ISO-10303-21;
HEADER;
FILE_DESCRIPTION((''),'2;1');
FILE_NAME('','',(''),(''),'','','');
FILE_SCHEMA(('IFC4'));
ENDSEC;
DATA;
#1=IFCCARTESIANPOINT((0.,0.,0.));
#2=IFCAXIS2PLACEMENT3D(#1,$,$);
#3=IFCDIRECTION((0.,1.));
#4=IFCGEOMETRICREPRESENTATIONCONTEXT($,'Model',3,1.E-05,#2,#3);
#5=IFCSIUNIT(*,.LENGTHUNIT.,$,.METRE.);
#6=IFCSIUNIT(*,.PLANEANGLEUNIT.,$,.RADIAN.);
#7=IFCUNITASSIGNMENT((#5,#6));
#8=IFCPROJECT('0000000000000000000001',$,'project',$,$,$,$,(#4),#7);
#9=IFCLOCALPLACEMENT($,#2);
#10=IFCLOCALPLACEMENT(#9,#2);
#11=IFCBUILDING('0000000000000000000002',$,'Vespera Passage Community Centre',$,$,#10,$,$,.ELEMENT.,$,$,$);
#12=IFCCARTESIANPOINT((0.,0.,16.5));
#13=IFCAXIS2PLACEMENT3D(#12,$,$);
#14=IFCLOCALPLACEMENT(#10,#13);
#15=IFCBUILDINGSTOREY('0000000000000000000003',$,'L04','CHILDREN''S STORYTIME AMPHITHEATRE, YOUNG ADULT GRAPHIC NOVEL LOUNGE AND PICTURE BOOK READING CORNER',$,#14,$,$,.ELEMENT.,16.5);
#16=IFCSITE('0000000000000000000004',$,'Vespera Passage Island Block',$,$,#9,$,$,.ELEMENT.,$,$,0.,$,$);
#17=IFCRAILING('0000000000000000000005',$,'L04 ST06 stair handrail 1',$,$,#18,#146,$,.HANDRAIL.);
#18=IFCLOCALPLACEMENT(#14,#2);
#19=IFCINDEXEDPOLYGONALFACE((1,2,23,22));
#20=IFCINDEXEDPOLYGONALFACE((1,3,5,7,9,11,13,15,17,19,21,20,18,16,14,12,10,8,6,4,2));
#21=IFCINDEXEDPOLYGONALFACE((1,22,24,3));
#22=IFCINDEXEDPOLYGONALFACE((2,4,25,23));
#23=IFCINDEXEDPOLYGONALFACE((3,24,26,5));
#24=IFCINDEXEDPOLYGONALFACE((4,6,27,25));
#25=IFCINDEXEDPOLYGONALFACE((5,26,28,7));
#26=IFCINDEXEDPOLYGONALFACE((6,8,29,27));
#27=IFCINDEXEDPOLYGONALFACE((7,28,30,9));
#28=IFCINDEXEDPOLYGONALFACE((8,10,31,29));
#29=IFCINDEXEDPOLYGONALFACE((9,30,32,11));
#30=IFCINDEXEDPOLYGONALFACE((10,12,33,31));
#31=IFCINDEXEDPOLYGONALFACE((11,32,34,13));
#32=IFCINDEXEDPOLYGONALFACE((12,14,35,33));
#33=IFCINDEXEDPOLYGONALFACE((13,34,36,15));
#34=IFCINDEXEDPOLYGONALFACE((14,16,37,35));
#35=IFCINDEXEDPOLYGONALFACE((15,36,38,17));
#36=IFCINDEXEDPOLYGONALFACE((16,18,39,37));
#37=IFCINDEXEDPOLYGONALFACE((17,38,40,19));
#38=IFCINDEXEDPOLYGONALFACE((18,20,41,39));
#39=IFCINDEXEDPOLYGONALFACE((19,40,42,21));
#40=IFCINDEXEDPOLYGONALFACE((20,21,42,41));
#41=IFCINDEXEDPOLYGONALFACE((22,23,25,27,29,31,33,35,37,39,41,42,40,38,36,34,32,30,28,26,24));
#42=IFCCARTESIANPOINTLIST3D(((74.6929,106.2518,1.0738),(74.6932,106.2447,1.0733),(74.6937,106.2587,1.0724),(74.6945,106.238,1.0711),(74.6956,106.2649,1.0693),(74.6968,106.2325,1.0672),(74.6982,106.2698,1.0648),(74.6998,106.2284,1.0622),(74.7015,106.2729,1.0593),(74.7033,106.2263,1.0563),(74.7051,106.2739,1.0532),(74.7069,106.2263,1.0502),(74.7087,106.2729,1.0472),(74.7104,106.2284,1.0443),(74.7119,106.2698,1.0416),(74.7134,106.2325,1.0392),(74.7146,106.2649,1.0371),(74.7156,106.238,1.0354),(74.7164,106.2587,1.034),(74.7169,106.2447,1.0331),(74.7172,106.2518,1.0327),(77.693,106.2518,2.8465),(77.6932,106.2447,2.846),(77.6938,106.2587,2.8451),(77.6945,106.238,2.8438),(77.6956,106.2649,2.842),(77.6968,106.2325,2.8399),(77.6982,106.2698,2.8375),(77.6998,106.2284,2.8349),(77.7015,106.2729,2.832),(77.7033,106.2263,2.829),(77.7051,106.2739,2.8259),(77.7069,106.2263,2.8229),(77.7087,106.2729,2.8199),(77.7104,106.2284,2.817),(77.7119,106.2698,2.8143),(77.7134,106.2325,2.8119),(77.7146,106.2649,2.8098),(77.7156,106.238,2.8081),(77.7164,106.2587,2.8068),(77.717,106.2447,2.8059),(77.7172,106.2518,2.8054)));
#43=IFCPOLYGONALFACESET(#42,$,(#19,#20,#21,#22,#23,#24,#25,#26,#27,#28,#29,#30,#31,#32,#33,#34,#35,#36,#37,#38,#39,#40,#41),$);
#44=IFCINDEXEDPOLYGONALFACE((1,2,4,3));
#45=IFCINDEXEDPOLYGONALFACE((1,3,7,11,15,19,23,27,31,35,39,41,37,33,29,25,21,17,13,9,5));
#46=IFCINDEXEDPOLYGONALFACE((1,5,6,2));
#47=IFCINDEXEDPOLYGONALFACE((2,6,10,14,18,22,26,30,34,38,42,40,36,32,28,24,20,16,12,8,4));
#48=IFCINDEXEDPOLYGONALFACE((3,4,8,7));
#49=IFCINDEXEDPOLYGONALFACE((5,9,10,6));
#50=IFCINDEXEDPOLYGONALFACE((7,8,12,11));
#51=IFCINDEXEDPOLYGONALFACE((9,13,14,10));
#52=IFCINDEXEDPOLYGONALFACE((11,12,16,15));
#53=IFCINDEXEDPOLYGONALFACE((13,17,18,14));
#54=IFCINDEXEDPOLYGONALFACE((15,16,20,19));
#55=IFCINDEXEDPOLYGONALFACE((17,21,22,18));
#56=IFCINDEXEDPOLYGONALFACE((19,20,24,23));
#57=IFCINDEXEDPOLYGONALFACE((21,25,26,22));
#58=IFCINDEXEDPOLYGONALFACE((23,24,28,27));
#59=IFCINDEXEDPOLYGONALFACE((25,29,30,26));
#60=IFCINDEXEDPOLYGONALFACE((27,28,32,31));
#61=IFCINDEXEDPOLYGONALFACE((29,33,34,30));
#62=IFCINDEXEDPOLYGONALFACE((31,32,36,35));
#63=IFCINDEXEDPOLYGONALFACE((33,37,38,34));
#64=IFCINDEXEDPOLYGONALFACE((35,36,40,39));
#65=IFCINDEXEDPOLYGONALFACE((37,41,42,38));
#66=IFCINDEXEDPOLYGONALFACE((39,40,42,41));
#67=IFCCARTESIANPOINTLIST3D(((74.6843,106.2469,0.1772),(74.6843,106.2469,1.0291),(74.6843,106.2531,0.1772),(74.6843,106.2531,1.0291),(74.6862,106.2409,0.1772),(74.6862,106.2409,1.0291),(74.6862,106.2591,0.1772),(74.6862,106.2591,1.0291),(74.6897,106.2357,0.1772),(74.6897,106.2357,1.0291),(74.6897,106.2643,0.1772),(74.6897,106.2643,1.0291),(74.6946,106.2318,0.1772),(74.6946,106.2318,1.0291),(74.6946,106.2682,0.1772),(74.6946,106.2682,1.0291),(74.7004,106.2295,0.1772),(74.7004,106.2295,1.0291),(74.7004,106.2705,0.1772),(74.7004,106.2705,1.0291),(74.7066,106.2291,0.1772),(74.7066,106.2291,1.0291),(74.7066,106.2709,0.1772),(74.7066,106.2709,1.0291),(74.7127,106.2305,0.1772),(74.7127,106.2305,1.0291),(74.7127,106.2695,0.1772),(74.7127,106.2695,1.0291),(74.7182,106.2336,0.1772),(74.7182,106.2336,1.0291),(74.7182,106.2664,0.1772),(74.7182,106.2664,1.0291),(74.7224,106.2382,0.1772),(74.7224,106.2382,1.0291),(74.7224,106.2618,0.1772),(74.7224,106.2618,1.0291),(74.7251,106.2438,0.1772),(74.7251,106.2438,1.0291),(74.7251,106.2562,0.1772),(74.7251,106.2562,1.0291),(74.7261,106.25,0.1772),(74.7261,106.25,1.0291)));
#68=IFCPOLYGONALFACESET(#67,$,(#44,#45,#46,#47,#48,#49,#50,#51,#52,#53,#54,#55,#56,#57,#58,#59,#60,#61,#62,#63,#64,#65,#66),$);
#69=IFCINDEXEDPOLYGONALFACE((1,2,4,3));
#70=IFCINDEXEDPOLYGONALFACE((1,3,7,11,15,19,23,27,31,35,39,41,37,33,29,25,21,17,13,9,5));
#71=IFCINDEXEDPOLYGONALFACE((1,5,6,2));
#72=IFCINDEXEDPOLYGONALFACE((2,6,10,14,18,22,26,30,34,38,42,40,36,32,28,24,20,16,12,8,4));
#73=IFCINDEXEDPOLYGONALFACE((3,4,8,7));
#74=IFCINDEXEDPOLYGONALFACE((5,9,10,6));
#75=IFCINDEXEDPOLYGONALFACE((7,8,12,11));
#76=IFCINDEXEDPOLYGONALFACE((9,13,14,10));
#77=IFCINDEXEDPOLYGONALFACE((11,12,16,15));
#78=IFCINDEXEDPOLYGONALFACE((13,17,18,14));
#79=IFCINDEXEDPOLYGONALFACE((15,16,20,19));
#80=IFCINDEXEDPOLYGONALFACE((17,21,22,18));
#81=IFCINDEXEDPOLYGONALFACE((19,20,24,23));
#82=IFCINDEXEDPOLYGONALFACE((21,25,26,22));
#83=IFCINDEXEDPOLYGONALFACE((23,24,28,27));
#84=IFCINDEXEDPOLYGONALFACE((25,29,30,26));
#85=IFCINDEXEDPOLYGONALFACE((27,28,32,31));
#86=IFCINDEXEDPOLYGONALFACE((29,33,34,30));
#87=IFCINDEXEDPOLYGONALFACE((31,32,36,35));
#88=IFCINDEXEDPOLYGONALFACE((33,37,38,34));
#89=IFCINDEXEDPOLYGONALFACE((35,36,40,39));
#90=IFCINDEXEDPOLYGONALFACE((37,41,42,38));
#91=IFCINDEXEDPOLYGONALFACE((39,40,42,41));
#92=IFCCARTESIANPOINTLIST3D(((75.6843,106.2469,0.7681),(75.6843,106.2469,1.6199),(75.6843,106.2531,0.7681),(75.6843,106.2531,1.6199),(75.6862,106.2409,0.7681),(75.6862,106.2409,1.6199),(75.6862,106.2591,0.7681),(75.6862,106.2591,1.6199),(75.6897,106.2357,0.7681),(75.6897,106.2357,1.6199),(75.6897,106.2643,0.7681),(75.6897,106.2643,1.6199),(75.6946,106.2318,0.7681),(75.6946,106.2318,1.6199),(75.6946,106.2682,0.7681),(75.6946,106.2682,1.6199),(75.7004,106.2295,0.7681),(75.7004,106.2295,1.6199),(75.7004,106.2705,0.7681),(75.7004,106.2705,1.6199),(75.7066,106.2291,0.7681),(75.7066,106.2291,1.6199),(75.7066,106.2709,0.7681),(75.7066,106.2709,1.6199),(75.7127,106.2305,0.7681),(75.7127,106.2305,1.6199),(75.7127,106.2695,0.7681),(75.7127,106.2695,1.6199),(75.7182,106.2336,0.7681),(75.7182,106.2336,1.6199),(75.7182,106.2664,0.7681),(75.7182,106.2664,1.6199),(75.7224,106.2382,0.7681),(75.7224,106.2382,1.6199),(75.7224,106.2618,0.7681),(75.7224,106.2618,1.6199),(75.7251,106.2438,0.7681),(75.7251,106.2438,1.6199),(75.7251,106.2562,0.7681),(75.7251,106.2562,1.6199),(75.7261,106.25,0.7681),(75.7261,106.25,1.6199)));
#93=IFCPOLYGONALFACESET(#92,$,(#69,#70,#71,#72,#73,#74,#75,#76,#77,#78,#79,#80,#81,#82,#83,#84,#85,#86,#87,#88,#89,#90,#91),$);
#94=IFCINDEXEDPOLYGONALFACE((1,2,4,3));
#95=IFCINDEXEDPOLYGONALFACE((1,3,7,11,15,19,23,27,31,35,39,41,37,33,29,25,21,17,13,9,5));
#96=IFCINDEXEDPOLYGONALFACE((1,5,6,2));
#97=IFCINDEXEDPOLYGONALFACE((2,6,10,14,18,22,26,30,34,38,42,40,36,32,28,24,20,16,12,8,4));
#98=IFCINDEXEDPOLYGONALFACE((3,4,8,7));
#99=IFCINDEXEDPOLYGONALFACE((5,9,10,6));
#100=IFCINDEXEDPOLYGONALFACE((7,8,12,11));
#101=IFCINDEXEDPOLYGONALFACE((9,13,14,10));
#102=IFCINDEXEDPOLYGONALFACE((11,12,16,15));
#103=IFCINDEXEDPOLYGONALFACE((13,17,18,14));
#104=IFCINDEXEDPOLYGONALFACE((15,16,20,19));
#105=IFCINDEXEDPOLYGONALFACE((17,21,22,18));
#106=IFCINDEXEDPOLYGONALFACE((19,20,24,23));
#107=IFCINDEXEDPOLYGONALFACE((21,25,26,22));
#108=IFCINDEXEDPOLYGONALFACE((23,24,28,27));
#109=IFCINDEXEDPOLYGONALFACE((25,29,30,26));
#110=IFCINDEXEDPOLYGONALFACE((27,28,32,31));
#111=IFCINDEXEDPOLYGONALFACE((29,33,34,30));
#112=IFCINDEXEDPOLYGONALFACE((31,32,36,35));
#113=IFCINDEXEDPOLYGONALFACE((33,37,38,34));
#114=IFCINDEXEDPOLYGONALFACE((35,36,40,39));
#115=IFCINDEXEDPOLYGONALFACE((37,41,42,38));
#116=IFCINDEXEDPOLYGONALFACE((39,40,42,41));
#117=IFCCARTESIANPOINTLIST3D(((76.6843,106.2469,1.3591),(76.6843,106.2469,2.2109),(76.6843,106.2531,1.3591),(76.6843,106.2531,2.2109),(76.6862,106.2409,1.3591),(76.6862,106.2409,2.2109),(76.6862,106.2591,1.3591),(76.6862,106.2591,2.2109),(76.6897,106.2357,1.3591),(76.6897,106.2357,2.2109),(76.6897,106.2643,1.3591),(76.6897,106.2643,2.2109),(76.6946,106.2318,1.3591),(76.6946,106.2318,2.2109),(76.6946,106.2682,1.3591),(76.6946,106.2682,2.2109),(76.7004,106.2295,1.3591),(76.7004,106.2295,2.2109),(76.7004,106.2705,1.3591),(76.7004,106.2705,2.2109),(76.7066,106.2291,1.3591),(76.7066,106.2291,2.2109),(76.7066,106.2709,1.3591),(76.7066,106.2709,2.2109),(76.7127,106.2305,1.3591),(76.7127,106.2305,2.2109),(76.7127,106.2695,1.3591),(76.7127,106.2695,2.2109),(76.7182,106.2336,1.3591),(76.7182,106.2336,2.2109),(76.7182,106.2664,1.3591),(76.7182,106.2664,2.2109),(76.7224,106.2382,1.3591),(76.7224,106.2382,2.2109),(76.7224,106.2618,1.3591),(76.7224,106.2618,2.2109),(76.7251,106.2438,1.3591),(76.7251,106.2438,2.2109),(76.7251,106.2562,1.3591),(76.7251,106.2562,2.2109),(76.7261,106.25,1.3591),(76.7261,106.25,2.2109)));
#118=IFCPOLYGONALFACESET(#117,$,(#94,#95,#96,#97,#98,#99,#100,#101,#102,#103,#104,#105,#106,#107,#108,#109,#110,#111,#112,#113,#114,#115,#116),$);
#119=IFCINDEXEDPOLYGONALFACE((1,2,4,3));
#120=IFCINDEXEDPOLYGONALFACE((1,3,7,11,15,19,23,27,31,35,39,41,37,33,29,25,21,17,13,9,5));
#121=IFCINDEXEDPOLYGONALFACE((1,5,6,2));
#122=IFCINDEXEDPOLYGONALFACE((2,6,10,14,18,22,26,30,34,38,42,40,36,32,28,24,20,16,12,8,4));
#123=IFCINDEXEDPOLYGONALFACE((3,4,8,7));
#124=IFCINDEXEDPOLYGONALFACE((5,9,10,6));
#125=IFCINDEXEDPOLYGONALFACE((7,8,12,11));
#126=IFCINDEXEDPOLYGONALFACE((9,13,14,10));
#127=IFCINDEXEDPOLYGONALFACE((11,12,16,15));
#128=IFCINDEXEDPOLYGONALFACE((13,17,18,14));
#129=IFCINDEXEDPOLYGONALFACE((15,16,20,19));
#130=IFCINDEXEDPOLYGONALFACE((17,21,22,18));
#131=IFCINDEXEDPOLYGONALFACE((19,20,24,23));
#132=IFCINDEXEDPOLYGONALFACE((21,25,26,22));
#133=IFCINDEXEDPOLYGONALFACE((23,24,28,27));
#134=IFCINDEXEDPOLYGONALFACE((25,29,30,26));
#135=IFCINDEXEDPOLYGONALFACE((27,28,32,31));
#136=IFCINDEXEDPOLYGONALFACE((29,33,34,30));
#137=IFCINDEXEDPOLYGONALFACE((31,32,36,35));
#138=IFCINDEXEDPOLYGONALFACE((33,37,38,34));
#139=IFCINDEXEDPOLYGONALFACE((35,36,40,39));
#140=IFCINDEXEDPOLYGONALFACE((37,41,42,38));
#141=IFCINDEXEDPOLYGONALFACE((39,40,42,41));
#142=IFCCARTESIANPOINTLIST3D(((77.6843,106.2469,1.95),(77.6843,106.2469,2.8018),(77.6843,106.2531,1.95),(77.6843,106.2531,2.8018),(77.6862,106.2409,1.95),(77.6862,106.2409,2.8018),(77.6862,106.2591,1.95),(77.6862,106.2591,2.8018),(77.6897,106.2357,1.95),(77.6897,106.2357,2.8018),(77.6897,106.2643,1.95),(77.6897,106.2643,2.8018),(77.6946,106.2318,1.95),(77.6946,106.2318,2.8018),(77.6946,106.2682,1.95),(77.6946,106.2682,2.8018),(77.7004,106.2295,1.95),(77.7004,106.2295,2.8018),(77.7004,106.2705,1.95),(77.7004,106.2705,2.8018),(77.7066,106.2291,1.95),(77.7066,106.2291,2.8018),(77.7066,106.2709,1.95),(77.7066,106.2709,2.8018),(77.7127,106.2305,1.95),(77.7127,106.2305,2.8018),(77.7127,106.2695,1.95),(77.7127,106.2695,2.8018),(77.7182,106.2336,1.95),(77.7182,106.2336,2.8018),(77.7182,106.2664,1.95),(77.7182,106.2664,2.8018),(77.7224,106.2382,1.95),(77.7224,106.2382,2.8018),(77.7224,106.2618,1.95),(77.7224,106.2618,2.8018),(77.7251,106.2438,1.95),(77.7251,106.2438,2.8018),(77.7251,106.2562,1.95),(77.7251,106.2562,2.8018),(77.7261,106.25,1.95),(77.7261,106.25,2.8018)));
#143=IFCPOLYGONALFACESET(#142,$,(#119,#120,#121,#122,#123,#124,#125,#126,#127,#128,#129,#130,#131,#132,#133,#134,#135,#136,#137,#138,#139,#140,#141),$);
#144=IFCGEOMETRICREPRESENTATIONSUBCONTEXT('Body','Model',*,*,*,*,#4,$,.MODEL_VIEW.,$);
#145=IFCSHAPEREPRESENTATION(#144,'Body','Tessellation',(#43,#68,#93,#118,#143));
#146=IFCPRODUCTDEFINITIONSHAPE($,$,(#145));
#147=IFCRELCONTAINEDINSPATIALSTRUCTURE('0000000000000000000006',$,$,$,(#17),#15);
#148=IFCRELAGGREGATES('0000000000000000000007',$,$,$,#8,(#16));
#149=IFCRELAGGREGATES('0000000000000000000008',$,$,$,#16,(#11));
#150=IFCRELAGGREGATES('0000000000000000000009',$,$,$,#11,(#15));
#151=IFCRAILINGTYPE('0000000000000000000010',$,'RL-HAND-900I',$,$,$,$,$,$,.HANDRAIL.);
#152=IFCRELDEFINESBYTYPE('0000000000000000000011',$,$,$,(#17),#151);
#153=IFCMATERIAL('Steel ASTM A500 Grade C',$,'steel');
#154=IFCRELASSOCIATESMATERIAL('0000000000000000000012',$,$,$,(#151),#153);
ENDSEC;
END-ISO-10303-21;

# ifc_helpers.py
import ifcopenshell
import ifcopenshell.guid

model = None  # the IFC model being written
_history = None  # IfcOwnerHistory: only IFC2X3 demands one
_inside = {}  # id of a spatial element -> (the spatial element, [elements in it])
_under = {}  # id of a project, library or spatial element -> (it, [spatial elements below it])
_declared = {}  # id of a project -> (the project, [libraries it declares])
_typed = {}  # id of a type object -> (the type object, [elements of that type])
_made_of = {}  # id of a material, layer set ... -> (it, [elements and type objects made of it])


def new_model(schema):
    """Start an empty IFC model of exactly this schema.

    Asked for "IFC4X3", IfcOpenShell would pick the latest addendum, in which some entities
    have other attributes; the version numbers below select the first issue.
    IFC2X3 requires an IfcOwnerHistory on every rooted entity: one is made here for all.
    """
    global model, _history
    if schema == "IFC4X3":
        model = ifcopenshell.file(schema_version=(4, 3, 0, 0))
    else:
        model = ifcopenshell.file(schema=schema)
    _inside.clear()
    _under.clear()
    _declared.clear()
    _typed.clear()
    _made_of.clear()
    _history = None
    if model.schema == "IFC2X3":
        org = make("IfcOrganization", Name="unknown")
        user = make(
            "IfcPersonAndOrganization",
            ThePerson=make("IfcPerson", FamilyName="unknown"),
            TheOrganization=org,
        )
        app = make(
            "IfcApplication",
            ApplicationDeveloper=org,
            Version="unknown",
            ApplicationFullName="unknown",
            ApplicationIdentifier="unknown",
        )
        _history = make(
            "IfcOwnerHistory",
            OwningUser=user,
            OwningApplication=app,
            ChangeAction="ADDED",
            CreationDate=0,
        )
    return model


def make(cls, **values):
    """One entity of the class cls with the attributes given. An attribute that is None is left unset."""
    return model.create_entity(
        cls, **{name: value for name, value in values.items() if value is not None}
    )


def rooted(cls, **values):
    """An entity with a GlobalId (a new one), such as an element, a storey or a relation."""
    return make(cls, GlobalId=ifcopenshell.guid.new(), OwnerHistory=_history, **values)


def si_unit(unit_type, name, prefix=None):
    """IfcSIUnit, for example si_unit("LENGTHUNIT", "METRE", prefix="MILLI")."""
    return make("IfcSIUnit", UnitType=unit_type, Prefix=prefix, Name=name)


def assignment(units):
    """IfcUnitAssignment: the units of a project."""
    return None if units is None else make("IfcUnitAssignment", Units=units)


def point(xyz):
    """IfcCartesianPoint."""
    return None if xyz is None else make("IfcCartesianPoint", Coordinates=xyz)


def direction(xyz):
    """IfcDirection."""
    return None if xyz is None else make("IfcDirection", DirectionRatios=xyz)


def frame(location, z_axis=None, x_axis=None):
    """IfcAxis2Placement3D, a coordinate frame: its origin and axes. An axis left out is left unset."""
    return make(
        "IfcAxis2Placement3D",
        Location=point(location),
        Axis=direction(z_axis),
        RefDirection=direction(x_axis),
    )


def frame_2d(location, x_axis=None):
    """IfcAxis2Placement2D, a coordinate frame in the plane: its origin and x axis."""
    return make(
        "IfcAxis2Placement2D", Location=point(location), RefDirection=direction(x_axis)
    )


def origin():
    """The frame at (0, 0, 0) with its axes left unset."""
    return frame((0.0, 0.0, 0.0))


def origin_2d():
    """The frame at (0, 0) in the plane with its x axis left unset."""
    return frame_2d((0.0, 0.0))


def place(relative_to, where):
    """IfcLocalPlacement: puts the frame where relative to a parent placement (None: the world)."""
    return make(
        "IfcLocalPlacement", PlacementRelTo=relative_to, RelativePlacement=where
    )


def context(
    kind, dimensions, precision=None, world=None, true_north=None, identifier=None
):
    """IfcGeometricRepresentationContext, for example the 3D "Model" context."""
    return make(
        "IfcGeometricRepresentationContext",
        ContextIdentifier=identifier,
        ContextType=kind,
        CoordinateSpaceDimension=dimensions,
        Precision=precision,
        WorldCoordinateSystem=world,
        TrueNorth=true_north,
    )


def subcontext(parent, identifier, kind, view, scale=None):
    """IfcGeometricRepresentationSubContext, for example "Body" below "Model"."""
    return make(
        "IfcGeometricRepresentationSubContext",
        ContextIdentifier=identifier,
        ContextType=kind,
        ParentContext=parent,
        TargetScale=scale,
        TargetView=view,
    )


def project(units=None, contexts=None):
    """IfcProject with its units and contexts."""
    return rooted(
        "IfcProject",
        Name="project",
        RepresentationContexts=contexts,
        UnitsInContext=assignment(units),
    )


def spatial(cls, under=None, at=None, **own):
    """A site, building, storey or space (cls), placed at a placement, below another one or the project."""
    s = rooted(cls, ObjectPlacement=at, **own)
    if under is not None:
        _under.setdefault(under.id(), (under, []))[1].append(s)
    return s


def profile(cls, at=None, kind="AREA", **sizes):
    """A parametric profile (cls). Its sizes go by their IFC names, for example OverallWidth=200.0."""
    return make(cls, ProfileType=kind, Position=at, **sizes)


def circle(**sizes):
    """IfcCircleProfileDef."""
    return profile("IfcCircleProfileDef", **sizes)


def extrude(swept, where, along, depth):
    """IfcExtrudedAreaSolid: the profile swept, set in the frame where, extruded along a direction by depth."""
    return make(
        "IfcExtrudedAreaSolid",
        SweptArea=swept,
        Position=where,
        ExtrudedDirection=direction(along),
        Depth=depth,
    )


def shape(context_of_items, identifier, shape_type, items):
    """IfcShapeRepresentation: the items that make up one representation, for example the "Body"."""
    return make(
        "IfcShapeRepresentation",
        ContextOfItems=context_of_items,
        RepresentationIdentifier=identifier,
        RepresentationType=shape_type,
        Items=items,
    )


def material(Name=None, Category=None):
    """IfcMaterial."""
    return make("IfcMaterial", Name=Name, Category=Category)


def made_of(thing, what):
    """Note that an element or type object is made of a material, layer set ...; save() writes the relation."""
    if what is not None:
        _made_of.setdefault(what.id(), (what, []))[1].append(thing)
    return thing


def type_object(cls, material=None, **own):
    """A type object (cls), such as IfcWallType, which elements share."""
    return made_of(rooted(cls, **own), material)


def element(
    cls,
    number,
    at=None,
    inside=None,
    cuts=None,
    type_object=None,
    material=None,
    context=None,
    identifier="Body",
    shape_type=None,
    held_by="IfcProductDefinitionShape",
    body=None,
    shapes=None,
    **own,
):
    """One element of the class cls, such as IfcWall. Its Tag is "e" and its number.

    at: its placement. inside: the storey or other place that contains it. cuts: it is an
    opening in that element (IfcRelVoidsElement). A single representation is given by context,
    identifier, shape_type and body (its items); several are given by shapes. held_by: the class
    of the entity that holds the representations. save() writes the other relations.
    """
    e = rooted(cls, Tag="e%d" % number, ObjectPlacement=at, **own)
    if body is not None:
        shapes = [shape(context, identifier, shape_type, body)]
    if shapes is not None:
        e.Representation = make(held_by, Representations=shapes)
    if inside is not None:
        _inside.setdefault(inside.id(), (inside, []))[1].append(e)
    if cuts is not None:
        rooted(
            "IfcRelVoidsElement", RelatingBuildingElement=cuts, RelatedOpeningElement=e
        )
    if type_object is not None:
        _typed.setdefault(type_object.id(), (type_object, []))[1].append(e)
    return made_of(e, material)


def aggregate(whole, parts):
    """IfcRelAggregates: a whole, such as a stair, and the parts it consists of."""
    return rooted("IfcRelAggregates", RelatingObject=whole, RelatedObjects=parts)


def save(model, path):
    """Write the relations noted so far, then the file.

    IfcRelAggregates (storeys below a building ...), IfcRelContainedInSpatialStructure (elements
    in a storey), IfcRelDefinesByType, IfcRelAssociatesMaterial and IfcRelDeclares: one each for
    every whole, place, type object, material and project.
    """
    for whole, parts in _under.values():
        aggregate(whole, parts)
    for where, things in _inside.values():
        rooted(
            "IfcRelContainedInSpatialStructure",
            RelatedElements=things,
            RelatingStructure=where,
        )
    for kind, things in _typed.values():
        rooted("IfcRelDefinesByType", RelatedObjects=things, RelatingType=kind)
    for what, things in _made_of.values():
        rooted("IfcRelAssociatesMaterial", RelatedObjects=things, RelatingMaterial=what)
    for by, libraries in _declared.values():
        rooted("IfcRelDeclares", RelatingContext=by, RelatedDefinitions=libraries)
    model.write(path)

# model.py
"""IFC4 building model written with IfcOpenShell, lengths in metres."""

from ifc_helpers import new_model, si_unit, direction, frame, origin, origin_2d, place, context, subcontext, project, spatial, circle, extrude, material, type_object, element, save


model = new_model("IFC4")

# Units and contexts
model_context = context("Model", 3, precision=1e-05, world=origin(), true_north=direction((0.0, 1.0)))
body_context = subcontext(model_context, "Body", "Model", "MODEL_VIEW")
ifc_project = project(units=[si_unit("LENGTHUNIT", "METRE"), si_unit("PLANEANGLEUNIT", "RADIAN")], contexts=[model_context])

# Site, building, storey
site_placement = place(None, origin())
site = spatial("IfcSite", under=ifc_project, at=site_placement, Name="Vespera Passage Island Block", CompositionType="ELEMENT", RefElevation=0.0)
building_placement = place(site_placement, origin())
building = spatial("IfcBuilding", under=site, at=building_placement, Name="Vespera Passage Community Centre", CompositionType="ELEMENT")
storey_placement = place(building_placement, frame((0.0, 0.0, 16.5)))
storey = spatial("IfcBuildingStorey", under=building, at=storey_placement, Name="L04", Description="CHILDREN'S STORYTIME AMPHITHEATRE, YOUNG ADULT GRAPHIC NOVEL LOUNGE AND PICTURE BOOK READING CORNER", CompositionType="ELEMENT", Elevation=16.5)

# Railing
ifc_material_1 = material(Name="Steel ASTM A500 Grade C", Category="steel")
railing_type_1 = type_object("IfcRailingType", Name="RL-HAND-900I", PredefinedType="HANDRAIL", material=ifc_material_1)
railing_1_placement = place(storey_placement, frame((74.7051, 106.25, 0.1772)))
element("IfcRailing", 1, at=railing_1_placement, inside=storey, type_object=railing_type_1, Name="L04 ST06 stair handrail 1", PredefinedType="HANDRAIL", context=body_context, shape_type="SweptSolid", body=[
    extrude(circle(Radius=0.0239, at=origin_2d()), frame((0.0, 0.0, 0.876), z_axis=(0.860929, 0.0, 0.508725), x_axis=(0.0, 1.0, 0.0)), (0.0, 0.0, 1.0), 3.4846),
    extrude(circle(Radius=0.021, at=origin_2d()), origin(), (0.0, 0.0, 1.0), 0.8518),
    extrude(circle(Radius=0.021, at=origin_2d()), frame((1.0, 0.0, 0.5908)), (0.0, 0.0, 1.0), 0.8518),
    extrude(circle(Radius=0.021, at=origin_2d()), frame((2.0, 0.0, 1.1819)), (0.0, 0.0, 1.0), 0.8518),
    extrude(circle(Radius=0.021, at=origin_2d()), frame((3.0, 0.0, 1.7727)), (0.0, 0.0, 1.0), 0.8518),
])

save(model, "model.ifc")
